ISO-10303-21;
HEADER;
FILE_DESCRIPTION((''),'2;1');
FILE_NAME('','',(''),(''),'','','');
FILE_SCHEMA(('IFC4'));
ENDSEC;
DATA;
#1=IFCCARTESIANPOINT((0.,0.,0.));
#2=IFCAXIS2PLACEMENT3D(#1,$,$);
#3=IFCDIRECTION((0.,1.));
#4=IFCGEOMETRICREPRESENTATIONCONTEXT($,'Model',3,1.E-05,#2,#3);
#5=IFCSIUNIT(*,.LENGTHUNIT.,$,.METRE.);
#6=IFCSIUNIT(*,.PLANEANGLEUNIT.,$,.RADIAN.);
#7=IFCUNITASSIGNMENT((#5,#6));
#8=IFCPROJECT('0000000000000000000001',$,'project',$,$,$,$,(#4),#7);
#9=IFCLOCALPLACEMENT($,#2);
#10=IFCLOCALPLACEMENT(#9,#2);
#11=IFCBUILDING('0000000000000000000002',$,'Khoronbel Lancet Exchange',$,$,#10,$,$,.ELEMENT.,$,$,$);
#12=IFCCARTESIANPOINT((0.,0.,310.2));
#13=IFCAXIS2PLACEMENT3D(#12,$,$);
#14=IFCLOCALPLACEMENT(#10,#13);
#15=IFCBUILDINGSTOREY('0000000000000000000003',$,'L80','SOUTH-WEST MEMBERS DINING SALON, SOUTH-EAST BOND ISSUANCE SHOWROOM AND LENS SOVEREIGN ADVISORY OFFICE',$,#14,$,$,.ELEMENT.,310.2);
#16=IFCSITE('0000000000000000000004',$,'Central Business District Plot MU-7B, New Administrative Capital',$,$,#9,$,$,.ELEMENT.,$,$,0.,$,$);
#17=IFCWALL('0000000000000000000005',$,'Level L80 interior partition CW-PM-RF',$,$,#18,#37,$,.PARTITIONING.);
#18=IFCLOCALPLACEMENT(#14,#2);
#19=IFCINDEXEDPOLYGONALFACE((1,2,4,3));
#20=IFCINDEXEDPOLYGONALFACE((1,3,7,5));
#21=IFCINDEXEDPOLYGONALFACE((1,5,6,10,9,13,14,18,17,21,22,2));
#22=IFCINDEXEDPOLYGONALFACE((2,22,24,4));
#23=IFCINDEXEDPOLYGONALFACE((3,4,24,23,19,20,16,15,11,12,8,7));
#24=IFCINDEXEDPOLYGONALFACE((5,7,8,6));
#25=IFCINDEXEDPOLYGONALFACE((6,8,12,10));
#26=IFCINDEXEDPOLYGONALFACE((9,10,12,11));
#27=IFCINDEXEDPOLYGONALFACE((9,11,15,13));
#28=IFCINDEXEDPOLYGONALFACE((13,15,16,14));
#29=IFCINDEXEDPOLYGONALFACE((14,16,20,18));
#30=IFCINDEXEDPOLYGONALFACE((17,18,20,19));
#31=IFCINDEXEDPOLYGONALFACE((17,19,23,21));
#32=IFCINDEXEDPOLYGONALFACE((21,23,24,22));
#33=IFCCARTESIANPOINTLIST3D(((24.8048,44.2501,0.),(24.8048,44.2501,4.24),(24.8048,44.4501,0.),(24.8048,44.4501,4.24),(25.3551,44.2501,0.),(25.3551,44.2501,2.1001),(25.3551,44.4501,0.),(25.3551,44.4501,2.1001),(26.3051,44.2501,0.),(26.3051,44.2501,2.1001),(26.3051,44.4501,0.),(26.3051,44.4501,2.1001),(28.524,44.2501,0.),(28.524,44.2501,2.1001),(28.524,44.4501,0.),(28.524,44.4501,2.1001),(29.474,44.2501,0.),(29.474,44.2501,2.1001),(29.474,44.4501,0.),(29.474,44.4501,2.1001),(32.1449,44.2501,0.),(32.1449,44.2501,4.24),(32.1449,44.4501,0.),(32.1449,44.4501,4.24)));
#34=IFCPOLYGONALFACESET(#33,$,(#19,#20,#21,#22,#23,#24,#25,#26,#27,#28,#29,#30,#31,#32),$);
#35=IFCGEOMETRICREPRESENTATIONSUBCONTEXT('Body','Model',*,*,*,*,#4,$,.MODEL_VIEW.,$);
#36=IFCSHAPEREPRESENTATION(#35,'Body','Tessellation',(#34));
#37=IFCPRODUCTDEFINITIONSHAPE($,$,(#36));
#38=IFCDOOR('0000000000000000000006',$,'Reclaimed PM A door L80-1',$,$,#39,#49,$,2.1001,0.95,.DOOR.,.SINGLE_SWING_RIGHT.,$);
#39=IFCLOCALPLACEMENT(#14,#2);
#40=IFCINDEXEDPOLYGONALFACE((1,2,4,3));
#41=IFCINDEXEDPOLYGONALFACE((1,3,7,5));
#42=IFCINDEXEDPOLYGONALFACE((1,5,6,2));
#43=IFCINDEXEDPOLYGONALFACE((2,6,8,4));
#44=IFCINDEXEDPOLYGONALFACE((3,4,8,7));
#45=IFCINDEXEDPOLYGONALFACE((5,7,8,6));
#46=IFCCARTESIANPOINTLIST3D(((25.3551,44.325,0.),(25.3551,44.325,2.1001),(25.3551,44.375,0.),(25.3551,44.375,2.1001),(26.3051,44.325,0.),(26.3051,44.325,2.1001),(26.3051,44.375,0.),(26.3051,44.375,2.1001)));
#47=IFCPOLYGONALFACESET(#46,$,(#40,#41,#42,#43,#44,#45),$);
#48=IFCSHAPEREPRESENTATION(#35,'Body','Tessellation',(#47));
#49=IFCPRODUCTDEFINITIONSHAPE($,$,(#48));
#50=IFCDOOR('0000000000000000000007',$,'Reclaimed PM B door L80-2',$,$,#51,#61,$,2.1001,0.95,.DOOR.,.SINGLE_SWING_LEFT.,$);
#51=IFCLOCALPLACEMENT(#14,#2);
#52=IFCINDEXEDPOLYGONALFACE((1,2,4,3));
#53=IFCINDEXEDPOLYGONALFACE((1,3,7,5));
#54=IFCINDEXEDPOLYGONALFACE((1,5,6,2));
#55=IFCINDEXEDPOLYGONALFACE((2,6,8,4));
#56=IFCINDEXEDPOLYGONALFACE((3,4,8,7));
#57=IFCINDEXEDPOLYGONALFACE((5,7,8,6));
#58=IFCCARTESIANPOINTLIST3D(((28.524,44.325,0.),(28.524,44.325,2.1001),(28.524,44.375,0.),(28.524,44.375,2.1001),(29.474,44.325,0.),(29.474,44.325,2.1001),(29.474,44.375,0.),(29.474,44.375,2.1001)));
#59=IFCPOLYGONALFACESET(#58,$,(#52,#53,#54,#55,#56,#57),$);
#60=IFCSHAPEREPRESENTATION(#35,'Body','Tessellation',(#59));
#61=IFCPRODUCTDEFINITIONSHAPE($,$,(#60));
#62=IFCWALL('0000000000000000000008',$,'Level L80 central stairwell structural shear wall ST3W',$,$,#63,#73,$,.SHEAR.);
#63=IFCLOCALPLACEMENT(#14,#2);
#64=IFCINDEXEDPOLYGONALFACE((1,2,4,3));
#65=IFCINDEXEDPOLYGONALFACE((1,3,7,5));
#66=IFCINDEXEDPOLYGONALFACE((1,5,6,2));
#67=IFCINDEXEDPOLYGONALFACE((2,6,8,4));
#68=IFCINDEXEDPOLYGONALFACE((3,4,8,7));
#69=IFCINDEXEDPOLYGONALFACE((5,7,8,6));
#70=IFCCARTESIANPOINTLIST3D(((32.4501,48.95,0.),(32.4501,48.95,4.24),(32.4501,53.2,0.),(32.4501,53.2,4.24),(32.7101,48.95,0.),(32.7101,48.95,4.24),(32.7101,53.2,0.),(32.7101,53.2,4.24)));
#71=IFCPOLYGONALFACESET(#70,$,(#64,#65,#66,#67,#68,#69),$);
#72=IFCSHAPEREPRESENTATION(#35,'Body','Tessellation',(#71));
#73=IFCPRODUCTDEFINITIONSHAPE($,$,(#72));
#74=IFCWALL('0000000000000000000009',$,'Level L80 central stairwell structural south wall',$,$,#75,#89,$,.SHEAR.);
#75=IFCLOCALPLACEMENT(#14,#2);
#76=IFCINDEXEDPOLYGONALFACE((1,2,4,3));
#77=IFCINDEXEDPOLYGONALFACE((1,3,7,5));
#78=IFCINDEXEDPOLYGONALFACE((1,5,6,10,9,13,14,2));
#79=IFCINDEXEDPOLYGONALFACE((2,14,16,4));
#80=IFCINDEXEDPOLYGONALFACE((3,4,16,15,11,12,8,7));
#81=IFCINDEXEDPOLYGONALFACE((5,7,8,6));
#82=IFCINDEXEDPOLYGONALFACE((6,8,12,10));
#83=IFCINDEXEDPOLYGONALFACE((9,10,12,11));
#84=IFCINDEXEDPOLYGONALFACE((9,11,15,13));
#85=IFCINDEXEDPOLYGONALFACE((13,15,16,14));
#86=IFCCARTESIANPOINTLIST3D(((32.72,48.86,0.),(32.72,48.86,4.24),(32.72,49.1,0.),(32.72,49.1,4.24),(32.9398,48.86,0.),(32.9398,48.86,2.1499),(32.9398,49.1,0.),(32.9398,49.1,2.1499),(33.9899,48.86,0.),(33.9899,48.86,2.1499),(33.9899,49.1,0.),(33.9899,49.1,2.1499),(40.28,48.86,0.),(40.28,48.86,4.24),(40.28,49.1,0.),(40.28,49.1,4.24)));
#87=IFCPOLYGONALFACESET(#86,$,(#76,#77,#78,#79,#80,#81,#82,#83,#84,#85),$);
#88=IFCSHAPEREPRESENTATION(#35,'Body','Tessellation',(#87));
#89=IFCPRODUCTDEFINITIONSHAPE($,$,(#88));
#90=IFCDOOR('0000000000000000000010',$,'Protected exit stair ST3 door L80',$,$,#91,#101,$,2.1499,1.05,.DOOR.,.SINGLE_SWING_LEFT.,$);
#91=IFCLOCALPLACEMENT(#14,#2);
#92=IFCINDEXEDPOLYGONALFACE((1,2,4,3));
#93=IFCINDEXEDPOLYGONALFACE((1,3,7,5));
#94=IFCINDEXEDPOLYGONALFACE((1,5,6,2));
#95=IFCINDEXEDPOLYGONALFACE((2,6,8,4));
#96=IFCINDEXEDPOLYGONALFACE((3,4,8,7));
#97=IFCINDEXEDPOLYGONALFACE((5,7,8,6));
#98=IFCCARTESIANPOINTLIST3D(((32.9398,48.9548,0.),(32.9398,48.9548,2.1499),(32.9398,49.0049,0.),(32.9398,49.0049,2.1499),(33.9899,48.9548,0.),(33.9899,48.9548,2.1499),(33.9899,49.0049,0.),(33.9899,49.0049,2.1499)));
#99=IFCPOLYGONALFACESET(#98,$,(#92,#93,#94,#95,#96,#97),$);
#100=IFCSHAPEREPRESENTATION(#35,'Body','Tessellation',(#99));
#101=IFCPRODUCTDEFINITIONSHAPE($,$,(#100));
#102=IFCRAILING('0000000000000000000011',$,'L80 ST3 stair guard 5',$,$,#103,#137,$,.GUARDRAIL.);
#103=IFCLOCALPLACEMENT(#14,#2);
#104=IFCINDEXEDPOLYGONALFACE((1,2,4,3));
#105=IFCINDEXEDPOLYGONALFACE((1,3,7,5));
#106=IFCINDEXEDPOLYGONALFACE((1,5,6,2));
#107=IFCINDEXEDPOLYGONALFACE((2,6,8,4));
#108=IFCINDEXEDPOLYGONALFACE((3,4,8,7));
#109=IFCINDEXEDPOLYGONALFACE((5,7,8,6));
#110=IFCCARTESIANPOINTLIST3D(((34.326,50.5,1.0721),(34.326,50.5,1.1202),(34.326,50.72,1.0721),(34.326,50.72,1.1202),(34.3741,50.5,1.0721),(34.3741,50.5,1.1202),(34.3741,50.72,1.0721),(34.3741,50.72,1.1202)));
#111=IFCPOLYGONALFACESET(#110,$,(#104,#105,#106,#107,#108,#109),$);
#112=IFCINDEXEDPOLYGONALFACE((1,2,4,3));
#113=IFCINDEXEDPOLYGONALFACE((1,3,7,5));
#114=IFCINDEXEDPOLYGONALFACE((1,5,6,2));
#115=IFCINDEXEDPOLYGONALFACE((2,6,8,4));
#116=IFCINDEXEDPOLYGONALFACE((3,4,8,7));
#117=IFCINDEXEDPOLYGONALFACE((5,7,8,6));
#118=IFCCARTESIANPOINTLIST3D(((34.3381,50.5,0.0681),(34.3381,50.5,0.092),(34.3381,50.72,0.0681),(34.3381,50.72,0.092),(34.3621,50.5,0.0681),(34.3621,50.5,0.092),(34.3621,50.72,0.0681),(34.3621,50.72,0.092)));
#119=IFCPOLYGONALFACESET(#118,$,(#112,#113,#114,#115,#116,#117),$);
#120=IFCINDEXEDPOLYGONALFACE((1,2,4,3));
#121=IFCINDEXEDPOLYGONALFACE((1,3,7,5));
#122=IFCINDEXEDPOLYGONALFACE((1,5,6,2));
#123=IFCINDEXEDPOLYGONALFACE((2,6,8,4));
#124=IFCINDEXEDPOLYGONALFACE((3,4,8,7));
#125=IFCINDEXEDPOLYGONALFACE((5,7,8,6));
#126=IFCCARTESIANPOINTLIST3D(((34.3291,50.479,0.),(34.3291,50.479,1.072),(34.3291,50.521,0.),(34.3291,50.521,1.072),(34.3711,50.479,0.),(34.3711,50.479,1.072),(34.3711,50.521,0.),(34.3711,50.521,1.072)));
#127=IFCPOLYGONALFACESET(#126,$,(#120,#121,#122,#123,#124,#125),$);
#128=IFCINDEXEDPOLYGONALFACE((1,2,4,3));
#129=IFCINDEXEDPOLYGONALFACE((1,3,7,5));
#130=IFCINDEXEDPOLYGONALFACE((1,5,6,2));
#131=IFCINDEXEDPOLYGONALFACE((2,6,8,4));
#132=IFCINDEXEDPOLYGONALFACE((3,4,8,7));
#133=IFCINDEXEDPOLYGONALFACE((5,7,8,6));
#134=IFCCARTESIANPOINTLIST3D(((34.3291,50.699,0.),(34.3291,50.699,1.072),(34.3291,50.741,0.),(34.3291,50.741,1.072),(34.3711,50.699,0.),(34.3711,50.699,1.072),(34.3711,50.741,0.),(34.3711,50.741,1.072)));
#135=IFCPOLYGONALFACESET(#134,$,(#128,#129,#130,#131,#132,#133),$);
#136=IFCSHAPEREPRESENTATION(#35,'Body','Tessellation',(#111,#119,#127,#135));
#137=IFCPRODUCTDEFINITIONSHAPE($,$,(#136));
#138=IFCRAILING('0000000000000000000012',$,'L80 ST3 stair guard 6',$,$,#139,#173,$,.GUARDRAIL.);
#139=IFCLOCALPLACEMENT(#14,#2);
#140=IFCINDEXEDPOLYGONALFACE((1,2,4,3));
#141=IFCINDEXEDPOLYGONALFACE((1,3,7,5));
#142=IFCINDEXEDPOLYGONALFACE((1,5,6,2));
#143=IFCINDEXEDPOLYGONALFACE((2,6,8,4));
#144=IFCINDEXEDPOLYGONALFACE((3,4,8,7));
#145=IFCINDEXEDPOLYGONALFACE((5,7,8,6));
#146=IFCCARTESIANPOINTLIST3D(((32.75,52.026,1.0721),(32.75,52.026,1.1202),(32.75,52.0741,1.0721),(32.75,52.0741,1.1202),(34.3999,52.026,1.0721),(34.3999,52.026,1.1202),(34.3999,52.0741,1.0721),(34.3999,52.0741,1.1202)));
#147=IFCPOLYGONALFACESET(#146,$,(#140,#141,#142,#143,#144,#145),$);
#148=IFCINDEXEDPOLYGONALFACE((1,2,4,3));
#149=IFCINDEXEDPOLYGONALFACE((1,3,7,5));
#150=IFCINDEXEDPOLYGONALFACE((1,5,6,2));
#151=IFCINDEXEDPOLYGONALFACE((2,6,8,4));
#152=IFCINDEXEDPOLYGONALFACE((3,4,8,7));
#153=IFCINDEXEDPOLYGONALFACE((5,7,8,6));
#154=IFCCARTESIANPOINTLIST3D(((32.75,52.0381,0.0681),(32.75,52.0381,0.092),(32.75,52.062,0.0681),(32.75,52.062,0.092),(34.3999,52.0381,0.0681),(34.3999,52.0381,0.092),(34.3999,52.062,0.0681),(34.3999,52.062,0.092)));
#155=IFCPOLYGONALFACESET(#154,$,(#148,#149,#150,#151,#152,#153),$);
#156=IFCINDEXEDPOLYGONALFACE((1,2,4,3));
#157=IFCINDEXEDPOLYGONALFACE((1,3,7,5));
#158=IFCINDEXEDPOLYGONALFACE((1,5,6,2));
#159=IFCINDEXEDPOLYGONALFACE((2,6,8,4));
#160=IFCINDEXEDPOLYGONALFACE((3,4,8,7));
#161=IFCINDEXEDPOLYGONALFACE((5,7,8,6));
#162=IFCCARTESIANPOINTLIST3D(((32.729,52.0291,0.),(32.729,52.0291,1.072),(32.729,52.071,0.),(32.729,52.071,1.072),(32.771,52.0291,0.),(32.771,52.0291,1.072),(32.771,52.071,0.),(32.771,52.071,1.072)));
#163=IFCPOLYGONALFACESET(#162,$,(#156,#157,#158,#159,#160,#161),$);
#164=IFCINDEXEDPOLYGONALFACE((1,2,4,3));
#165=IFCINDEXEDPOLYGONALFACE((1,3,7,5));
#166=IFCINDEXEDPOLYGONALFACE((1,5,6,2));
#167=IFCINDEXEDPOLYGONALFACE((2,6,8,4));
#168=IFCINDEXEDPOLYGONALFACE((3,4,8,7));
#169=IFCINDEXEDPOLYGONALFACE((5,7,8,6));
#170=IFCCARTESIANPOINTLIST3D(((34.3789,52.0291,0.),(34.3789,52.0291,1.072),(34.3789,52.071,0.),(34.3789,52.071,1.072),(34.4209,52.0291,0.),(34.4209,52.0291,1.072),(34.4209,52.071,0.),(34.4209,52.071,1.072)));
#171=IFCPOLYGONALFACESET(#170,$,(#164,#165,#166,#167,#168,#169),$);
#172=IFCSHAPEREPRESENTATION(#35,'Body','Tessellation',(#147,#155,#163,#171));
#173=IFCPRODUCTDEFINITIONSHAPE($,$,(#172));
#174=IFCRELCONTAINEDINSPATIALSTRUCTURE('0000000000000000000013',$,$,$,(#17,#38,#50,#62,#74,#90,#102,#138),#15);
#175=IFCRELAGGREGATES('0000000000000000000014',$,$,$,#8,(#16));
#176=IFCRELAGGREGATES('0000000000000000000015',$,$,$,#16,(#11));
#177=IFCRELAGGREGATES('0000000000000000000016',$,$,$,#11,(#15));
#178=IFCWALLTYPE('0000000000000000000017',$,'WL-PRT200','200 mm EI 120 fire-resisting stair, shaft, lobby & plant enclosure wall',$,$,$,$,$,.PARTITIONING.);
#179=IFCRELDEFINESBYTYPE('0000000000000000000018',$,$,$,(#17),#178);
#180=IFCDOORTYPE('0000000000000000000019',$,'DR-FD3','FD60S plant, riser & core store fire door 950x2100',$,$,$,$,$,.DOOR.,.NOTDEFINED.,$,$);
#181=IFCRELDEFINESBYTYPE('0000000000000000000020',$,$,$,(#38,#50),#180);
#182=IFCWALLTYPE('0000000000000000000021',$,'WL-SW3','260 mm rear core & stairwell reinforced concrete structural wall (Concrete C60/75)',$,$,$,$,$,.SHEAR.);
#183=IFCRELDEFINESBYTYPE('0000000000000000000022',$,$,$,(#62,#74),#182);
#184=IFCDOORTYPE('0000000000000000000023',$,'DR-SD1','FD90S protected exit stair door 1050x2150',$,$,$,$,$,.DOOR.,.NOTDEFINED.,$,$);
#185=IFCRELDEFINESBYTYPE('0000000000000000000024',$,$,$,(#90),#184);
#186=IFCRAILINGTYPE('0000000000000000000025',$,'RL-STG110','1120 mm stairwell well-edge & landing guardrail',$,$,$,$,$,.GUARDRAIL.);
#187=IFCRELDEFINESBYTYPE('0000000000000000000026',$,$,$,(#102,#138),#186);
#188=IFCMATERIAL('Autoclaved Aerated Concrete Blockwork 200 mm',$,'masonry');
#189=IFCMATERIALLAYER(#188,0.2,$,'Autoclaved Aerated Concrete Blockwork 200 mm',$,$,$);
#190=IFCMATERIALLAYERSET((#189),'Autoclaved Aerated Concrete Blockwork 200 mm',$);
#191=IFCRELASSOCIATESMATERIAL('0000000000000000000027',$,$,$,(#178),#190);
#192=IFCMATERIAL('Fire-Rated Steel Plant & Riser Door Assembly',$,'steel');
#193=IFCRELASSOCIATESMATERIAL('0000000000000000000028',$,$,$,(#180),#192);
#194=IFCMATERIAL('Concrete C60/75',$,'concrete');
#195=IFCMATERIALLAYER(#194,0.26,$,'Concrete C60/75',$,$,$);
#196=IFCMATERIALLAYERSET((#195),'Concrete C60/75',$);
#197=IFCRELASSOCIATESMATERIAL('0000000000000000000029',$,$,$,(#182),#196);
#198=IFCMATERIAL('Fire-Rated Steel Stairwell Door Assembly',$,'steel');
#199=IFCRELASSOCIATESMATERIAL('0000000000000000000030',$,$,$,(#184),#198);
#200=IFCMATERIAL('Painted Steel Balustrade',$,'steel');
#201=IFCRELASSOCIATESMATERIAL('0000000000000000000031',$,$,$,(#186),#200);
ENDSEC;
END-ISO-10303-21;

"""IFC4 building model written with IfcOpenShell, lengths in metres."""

from ifc_helpers import new_model, si_unit, direction, frame, frame_2d, origin, origin_2d, place, context, subcontext, project, spatial, rectangle, extrude, material, layer, layer_set, type_object, element, fill, save


model = new_model("IFC4")

# Units and contexts
model_context = context("Model", 3, precision=1e-05, world=origin(), true_north=direction((0.0, 1.0)))
body_context = subcontext(model_context, "Body", "Model", "MODEL_VIEW")
ifc_project = project(units=[si_unit("LENGTHUNIT", "METRE"), si_unit("PLANEANGLEUNIT", "RADIAN")], contexts=[model_context])

# Site, building, storey
site_placement = place(None, origin())
site = spatial("IfcSite", under=ifc_project, at=site_placement, Name="Central Business District Plot MU-7B, New Administrative Capital", CompositionType="ELEMENT", RefElevation=0.0)
building_placement = place(site_placement, origin())
building = spatial("IfcBuilding", under=site, at=building_placement, Name="Khoronbel Lancet Exchange", CompositionType="ELEMENT")
storey_placement = place(building_placement, frame((0.0, 0.0, 310.2)))
storey = spatial("IfcBuildingStorey", under=building, at=storey_placement, Name="L80", Description="SOUTH-WEST MEMBERS DINING SALON, SOUTH-EAST BOND ISSUANCE SHOWROOM AND LENS SOVEREIGN ADVISORY OFFICE", CompositionType="ELEMENT", Elevation=310.2)

# Shared definitions
ifc_material_1 = material(Name="Concrete C60/75", Category="concrete")

# Shared definitions
ifc_material_2 = material(Name="Autoclaved Aerated Concrete Blockwork 200 mm", Category="masonry")
ifc_layer_1 = layer(ifc_material_2, 0.2, Name="Autoclaved Aerated Concrete Blockwork 200 mm")
ifc_layer_set_1 = layer_set([ifc_layer_1], Name="Autoclaved Aerated Concrete Blockwork 200 mm")
wall_type_1 = type_object("IfcWallType", Name="WL-PRT200", Description="200 mm EI 120 fire-resisting stair, shaft, lobby & plant enclosure wall", PredefinedType="PARTITIONING", material=ifc_layer_set_1)

# Shared definitions
ifc_material_3 = material(Name="Fire-Rated Steel Plant & Riser Door Assembly", Category="steel")
door_type_1 = type_object("IfcDoorType", Name="DR-FD3", Description="FD60S plant, riser & core store fire door 950x2100", OperationType="NOTDEFINED", PredefinedType="DOOR", material=ifc_material_3)

# Wall, openings, doors
wall_1_placement = place(storey_placement, frame((24.8049, 44.3501, 0.0), z_axis=(0.0, 0.0, 1.0), x_axis=(1.0, 0.0, 0.0)))
wall_1 = element("IfcWall", 1, at=wall_1_placement, inside=storey, type_object=wall_type_1, Name="Level L80 interior partition CW-PM-RF", PredefinedType="PARTITIONING", context=body_context, shape_type="SweptSolid", body=[
    extrude(rectangle(XDim=7.3401, YDim=0.2, at=frame_2d((3.6699, 0.0))), origin(), (0.0, 0.0, 1.0), 4.24),
])
opening_1_placement = place(wall_1_placement, frame((0.55, 0.0, 0.0)))
opening_1 = element("IfcOpeningElement", 2, at=opening_1_placement, cuts=wall_1, PredefinedType="OPENING", context=body_context, shape_type="SweptSolid", body=[
    extrude(rectangle(XDim=0.95, YDim=2.1001, at=frame_2d((0.4751, 1.05))), frame((0.0, 0.1099, 0.0), z_axis=(0.0, -1.0, 0.0), x_axis=(1.0, 0.0, 0.0)), (0.0, 0.0, 1.0), 0.22),
])
opening_2_placement = place(wall_1_placement, frame((3.719, 0.0, 0.0)))
opening_2 = element("IfcOpeningElement", 3, at=opening_2_placement, cuts=wall_1, PredefinedType="OPENING", context=body_context, shape_type="SweptSolid", body=[
    extrude(rectangle(XDim=0.95, YDim=2.1001, at=frame_2d((0.4751, 1.05))), frame((0.0, 0.1099, 0.0), z_axis=(0.0, -1.0, 0.0), x_axis=(1.0, 0.0, 0.0)), (0.0, 0.0, 1.0), 0.22),
])
door_1_placement = place(opening_1_placement, origin())
door_1 = element("IfcDoor", 4, at=door_1_placement, inside=storey, type_object=door_type_1, Name="Reclaimed PM A door L80-1", OperationType="SINGLE_SWING_RIGHT", OverallHeight=2.1001, OverallWidth=0.95, PredefinedType="DOOR", context=body_context, shape_type="SweptSolid", body=[
    extrude(rectangle(XDim=0.95, YDim=2.1001, at=frame_2d((0.4751, 1.05))), frame((0.0, 0.0249, 0.0), z_axis=(0.0, -1.0, 0.0), x_axis=(1.0, 0.0, 0.0)), (0.0, 0.0, 1.0), 0.05),
])
fill(opening_1, door_1)
door_2_placement = place(opening_2_placement, origin())
door_2 = element("IfcDoor", 5, at=door_2_placement, inside=storey, type_object=door_type_1, Name="Reclaimed PM B door L80-2", OperationType="SINGLE_SWING_LEFT", OverallHeight=2.1001, OverallWidth=0.95, PredefinedType="DOOR", context=body_context, shape_type="SweptSolid", body=[
    extrude(rectangle(XDim=0.95, YDim=2.1001, at=frame_2d((0.4751, 1.05))), frame((0.0, 0.0249, 0.0), z_axis=(0.0, -1.0, 0.0), x_axis=(1.0, 0.0, 0.0)), (0.0, 0.0, 1.0), 0.05),
])
fill(opening_2, door_2)

# Wall
ifc_layer_2 = layer(ifc_material_1, 0.26, Name="Concrete C60/75")
ifc_layer_set_2 = layer_set([ifc_layer_2], Name="Concrete C60/75")
wall_type_2 = type_object("IfcWallType", Name="WL-SW3", Description="260 mm rear core & stairwell reinforced concrete structural wall (Concrete C60/75)", PredefinedType="SHEAR", material=ifc_layer_set_2)
wall_2_placement = place(storey_placement, frame((32.5801, 48.95, 0.0), z_axis=(0.0, 0.0, 1.0), x_axis=(0.0, 1.0, 0.0)))
element("IfcWall", 6, at=wall_2_placement, inside=storey, type_object=wall_type_2, Name="Level L80 central stairwell structural shear wall ST3W", PredefinedType="SHEAR", context=body_context, shape_type="SweptSolid", body=[
    extrude(rectangle(XDim=4.25, YDim=0.26, at=frame_2d((2.125, 0.0))), origin(), (0.0, 0.0, 1.0), 4.24),
])

# Wall, opening, door
wall_3_placement = place(storey_placement, frame((32.72, 48.98, 0.0), z_axis=(0.0, 0.0, 1.0), x_axis=(1.0, 0.0, 0.0)))
wall_3 = element("IfcWall", 7, at=wall_3_placement, inside=storey, type_object=wall_type_2, Name="Level L80 central stairwell structural south wall", PredefinedType="SHEAR", context=body_context, shape_type="SweptSolid", body=[
    extrude(rectangle(XDim=7.5601, YDim=0.24, at=frame_2d((3.78, 0.0))), origin(), (0.0, 0.0, 1.0), 4.24),
])
opening_3_placement = place(wall_3_placement, frame((0.22, 0.0, 0.0)))
opening_3 = element("IfcOpeningElement", 8, at=opening_3_placement, cuts=wall_3, PredefinedType="OPENING", context=body_context, shape_type="SweptSolid", body=[
    extrude(rectangle(XDim=1.05, YDim=2.1499, at=frame_2d((0.5249, 1.075))), frame((0.0, 0.1299, 0.0), z_axis=(0.0, -1.0, 0.0), x_axis=(1.0, 0.0, 0.0)), (0.0, 0.0, 1.0), 0.26),
])
ifc_material_4 = material(Name="Fire-Rated Steel Stairwell Door Assembly", Category="steel")
door_type_2 = type_object("IfcDoorType", Name="DR-SD1", Description="FD90S protected exit stair door 1050x2150", OperationType="NOTDEFINED", PredefinedType="DOOR", material=ifc_material_4)
door_3_placement = place(opening_3_placement, origin())
door_3 = element("IfcDoor", 9, at=door_3_placement, inside=storey, type_object=door_type_2, Name="Protected exit stair ST3 door L80", OperationType="SINGLE_SWING_LEFT", OverallHeight=2.1499, OverallWidth=1.05, PredefinedType="DOOR", context=body_context, shape_type="SweptSolid", body=[
    extrude(rectangle(XDim=1.05, YDim=2.1499, at=frame_2d((0.5249, 1.075))), frame((0.0, 0.0249, 0.0), z_axis=(0.0, -1.0, 0.0), x_axis=(1.0, 0.0, 0.0)), (0.0, 0.0, 1.0), 0.05),
])
fill(opening_3, door_3)

# Railings
ifc_material_5 = material(Name="Painted Steel Balustrade", Category="steel")
railing_type = type_object("IfcRailingType", Name="RL-STG110", Description="1120 mm stairwell well-edge & landing guardrail", PredefinedType="GUARDRAIL", material=ifc_material_5)
railing_1_placement = place(storey_placement, frame((34.3501, 50.5, 0.0)))
element("IfcRailing", 10, at=railing_1_placement, inside=storey, type_object=railing_type, Name="L80 ST3 stair guard 5", PredefinedType="GUARDRAIL", context=body_context, shape_type="SweptSolid", body=[
    extrude(rectangle(XDim=0.0481, YDim=0.0481, at=origin_2d()), frame((0.0, 0.0, 1.0962), z_axis=(0.0, 1.0, 0.0), x_axis=(-1.0, 0.0, 0.0)), (0.0, 0.0, 1.0), 0.22),
    extrude(rectangle(XDim=0.0239, YDim=0.0239, at=origin_2d()), frame((0.0, 0.0, 0.0801), z_axis=(0.0, 1.0, 0.0), x_axis=(-1.0, 0.0, 0.0)), (0.0, 0.0, 1.0), 0.22),
    extrude(rectangle(XDim=0.042, YDim=0.042, at=origin_2d()), origin(), (0.0, 0.0, 1.0), 1.072),
    extrude(rectangle(XDim=0.042, YDim=0.042, at=origin_2d()), frame((0.0, 0.22, 0.0)), (0.0, 0.0, 1.0), 1.072),
])
railing_2_placement = place(storey_placement, frame((32.75, 52.05, 0.0)))
element("IfcRailing", 11, at=railing_2_placement, inside=storey, type_object=railing_type, Name="L80 ST3 stair guard 6", PredefinedType="GUARDRAIL", context=body_context, shape_type="SweptSolid", body=[
    extrude(rectangle(XDim=0.0481, YDim=0.0481, at=origin_2d()), frame((0.0, 0.0, 1.0962), z_axis=(1.0, 0.0, 0.0), x_axis=(0.0, 1.0, 0.0)), (0.0, 0.0, 1.0), 1.6499),
    extrude(rectangle(XDim=0.0239, YDim=0.0239, at=origin_2d()), frame((0.0, 0.0, 0.0801), z_axis=(1.0, 0.0, 0.0), x_axis=(0.0, 1.0, 0.0)), (0.0, 0.0, 1.0), 1.6499),
    extrude(rectangle(XDim=0.042, YDim=0.042, at=origin_2d()), origin(), (0.0, 0.0, 1.0), 1.072),
    extrude(rectangle(XDim=0.042, YDim=0.042, at=origin_2d()), frame((1.6499, 0.0, 0.0)), (0.0, 0.0, 1.0), 1.072),
])

save(model, "model.ifc")
